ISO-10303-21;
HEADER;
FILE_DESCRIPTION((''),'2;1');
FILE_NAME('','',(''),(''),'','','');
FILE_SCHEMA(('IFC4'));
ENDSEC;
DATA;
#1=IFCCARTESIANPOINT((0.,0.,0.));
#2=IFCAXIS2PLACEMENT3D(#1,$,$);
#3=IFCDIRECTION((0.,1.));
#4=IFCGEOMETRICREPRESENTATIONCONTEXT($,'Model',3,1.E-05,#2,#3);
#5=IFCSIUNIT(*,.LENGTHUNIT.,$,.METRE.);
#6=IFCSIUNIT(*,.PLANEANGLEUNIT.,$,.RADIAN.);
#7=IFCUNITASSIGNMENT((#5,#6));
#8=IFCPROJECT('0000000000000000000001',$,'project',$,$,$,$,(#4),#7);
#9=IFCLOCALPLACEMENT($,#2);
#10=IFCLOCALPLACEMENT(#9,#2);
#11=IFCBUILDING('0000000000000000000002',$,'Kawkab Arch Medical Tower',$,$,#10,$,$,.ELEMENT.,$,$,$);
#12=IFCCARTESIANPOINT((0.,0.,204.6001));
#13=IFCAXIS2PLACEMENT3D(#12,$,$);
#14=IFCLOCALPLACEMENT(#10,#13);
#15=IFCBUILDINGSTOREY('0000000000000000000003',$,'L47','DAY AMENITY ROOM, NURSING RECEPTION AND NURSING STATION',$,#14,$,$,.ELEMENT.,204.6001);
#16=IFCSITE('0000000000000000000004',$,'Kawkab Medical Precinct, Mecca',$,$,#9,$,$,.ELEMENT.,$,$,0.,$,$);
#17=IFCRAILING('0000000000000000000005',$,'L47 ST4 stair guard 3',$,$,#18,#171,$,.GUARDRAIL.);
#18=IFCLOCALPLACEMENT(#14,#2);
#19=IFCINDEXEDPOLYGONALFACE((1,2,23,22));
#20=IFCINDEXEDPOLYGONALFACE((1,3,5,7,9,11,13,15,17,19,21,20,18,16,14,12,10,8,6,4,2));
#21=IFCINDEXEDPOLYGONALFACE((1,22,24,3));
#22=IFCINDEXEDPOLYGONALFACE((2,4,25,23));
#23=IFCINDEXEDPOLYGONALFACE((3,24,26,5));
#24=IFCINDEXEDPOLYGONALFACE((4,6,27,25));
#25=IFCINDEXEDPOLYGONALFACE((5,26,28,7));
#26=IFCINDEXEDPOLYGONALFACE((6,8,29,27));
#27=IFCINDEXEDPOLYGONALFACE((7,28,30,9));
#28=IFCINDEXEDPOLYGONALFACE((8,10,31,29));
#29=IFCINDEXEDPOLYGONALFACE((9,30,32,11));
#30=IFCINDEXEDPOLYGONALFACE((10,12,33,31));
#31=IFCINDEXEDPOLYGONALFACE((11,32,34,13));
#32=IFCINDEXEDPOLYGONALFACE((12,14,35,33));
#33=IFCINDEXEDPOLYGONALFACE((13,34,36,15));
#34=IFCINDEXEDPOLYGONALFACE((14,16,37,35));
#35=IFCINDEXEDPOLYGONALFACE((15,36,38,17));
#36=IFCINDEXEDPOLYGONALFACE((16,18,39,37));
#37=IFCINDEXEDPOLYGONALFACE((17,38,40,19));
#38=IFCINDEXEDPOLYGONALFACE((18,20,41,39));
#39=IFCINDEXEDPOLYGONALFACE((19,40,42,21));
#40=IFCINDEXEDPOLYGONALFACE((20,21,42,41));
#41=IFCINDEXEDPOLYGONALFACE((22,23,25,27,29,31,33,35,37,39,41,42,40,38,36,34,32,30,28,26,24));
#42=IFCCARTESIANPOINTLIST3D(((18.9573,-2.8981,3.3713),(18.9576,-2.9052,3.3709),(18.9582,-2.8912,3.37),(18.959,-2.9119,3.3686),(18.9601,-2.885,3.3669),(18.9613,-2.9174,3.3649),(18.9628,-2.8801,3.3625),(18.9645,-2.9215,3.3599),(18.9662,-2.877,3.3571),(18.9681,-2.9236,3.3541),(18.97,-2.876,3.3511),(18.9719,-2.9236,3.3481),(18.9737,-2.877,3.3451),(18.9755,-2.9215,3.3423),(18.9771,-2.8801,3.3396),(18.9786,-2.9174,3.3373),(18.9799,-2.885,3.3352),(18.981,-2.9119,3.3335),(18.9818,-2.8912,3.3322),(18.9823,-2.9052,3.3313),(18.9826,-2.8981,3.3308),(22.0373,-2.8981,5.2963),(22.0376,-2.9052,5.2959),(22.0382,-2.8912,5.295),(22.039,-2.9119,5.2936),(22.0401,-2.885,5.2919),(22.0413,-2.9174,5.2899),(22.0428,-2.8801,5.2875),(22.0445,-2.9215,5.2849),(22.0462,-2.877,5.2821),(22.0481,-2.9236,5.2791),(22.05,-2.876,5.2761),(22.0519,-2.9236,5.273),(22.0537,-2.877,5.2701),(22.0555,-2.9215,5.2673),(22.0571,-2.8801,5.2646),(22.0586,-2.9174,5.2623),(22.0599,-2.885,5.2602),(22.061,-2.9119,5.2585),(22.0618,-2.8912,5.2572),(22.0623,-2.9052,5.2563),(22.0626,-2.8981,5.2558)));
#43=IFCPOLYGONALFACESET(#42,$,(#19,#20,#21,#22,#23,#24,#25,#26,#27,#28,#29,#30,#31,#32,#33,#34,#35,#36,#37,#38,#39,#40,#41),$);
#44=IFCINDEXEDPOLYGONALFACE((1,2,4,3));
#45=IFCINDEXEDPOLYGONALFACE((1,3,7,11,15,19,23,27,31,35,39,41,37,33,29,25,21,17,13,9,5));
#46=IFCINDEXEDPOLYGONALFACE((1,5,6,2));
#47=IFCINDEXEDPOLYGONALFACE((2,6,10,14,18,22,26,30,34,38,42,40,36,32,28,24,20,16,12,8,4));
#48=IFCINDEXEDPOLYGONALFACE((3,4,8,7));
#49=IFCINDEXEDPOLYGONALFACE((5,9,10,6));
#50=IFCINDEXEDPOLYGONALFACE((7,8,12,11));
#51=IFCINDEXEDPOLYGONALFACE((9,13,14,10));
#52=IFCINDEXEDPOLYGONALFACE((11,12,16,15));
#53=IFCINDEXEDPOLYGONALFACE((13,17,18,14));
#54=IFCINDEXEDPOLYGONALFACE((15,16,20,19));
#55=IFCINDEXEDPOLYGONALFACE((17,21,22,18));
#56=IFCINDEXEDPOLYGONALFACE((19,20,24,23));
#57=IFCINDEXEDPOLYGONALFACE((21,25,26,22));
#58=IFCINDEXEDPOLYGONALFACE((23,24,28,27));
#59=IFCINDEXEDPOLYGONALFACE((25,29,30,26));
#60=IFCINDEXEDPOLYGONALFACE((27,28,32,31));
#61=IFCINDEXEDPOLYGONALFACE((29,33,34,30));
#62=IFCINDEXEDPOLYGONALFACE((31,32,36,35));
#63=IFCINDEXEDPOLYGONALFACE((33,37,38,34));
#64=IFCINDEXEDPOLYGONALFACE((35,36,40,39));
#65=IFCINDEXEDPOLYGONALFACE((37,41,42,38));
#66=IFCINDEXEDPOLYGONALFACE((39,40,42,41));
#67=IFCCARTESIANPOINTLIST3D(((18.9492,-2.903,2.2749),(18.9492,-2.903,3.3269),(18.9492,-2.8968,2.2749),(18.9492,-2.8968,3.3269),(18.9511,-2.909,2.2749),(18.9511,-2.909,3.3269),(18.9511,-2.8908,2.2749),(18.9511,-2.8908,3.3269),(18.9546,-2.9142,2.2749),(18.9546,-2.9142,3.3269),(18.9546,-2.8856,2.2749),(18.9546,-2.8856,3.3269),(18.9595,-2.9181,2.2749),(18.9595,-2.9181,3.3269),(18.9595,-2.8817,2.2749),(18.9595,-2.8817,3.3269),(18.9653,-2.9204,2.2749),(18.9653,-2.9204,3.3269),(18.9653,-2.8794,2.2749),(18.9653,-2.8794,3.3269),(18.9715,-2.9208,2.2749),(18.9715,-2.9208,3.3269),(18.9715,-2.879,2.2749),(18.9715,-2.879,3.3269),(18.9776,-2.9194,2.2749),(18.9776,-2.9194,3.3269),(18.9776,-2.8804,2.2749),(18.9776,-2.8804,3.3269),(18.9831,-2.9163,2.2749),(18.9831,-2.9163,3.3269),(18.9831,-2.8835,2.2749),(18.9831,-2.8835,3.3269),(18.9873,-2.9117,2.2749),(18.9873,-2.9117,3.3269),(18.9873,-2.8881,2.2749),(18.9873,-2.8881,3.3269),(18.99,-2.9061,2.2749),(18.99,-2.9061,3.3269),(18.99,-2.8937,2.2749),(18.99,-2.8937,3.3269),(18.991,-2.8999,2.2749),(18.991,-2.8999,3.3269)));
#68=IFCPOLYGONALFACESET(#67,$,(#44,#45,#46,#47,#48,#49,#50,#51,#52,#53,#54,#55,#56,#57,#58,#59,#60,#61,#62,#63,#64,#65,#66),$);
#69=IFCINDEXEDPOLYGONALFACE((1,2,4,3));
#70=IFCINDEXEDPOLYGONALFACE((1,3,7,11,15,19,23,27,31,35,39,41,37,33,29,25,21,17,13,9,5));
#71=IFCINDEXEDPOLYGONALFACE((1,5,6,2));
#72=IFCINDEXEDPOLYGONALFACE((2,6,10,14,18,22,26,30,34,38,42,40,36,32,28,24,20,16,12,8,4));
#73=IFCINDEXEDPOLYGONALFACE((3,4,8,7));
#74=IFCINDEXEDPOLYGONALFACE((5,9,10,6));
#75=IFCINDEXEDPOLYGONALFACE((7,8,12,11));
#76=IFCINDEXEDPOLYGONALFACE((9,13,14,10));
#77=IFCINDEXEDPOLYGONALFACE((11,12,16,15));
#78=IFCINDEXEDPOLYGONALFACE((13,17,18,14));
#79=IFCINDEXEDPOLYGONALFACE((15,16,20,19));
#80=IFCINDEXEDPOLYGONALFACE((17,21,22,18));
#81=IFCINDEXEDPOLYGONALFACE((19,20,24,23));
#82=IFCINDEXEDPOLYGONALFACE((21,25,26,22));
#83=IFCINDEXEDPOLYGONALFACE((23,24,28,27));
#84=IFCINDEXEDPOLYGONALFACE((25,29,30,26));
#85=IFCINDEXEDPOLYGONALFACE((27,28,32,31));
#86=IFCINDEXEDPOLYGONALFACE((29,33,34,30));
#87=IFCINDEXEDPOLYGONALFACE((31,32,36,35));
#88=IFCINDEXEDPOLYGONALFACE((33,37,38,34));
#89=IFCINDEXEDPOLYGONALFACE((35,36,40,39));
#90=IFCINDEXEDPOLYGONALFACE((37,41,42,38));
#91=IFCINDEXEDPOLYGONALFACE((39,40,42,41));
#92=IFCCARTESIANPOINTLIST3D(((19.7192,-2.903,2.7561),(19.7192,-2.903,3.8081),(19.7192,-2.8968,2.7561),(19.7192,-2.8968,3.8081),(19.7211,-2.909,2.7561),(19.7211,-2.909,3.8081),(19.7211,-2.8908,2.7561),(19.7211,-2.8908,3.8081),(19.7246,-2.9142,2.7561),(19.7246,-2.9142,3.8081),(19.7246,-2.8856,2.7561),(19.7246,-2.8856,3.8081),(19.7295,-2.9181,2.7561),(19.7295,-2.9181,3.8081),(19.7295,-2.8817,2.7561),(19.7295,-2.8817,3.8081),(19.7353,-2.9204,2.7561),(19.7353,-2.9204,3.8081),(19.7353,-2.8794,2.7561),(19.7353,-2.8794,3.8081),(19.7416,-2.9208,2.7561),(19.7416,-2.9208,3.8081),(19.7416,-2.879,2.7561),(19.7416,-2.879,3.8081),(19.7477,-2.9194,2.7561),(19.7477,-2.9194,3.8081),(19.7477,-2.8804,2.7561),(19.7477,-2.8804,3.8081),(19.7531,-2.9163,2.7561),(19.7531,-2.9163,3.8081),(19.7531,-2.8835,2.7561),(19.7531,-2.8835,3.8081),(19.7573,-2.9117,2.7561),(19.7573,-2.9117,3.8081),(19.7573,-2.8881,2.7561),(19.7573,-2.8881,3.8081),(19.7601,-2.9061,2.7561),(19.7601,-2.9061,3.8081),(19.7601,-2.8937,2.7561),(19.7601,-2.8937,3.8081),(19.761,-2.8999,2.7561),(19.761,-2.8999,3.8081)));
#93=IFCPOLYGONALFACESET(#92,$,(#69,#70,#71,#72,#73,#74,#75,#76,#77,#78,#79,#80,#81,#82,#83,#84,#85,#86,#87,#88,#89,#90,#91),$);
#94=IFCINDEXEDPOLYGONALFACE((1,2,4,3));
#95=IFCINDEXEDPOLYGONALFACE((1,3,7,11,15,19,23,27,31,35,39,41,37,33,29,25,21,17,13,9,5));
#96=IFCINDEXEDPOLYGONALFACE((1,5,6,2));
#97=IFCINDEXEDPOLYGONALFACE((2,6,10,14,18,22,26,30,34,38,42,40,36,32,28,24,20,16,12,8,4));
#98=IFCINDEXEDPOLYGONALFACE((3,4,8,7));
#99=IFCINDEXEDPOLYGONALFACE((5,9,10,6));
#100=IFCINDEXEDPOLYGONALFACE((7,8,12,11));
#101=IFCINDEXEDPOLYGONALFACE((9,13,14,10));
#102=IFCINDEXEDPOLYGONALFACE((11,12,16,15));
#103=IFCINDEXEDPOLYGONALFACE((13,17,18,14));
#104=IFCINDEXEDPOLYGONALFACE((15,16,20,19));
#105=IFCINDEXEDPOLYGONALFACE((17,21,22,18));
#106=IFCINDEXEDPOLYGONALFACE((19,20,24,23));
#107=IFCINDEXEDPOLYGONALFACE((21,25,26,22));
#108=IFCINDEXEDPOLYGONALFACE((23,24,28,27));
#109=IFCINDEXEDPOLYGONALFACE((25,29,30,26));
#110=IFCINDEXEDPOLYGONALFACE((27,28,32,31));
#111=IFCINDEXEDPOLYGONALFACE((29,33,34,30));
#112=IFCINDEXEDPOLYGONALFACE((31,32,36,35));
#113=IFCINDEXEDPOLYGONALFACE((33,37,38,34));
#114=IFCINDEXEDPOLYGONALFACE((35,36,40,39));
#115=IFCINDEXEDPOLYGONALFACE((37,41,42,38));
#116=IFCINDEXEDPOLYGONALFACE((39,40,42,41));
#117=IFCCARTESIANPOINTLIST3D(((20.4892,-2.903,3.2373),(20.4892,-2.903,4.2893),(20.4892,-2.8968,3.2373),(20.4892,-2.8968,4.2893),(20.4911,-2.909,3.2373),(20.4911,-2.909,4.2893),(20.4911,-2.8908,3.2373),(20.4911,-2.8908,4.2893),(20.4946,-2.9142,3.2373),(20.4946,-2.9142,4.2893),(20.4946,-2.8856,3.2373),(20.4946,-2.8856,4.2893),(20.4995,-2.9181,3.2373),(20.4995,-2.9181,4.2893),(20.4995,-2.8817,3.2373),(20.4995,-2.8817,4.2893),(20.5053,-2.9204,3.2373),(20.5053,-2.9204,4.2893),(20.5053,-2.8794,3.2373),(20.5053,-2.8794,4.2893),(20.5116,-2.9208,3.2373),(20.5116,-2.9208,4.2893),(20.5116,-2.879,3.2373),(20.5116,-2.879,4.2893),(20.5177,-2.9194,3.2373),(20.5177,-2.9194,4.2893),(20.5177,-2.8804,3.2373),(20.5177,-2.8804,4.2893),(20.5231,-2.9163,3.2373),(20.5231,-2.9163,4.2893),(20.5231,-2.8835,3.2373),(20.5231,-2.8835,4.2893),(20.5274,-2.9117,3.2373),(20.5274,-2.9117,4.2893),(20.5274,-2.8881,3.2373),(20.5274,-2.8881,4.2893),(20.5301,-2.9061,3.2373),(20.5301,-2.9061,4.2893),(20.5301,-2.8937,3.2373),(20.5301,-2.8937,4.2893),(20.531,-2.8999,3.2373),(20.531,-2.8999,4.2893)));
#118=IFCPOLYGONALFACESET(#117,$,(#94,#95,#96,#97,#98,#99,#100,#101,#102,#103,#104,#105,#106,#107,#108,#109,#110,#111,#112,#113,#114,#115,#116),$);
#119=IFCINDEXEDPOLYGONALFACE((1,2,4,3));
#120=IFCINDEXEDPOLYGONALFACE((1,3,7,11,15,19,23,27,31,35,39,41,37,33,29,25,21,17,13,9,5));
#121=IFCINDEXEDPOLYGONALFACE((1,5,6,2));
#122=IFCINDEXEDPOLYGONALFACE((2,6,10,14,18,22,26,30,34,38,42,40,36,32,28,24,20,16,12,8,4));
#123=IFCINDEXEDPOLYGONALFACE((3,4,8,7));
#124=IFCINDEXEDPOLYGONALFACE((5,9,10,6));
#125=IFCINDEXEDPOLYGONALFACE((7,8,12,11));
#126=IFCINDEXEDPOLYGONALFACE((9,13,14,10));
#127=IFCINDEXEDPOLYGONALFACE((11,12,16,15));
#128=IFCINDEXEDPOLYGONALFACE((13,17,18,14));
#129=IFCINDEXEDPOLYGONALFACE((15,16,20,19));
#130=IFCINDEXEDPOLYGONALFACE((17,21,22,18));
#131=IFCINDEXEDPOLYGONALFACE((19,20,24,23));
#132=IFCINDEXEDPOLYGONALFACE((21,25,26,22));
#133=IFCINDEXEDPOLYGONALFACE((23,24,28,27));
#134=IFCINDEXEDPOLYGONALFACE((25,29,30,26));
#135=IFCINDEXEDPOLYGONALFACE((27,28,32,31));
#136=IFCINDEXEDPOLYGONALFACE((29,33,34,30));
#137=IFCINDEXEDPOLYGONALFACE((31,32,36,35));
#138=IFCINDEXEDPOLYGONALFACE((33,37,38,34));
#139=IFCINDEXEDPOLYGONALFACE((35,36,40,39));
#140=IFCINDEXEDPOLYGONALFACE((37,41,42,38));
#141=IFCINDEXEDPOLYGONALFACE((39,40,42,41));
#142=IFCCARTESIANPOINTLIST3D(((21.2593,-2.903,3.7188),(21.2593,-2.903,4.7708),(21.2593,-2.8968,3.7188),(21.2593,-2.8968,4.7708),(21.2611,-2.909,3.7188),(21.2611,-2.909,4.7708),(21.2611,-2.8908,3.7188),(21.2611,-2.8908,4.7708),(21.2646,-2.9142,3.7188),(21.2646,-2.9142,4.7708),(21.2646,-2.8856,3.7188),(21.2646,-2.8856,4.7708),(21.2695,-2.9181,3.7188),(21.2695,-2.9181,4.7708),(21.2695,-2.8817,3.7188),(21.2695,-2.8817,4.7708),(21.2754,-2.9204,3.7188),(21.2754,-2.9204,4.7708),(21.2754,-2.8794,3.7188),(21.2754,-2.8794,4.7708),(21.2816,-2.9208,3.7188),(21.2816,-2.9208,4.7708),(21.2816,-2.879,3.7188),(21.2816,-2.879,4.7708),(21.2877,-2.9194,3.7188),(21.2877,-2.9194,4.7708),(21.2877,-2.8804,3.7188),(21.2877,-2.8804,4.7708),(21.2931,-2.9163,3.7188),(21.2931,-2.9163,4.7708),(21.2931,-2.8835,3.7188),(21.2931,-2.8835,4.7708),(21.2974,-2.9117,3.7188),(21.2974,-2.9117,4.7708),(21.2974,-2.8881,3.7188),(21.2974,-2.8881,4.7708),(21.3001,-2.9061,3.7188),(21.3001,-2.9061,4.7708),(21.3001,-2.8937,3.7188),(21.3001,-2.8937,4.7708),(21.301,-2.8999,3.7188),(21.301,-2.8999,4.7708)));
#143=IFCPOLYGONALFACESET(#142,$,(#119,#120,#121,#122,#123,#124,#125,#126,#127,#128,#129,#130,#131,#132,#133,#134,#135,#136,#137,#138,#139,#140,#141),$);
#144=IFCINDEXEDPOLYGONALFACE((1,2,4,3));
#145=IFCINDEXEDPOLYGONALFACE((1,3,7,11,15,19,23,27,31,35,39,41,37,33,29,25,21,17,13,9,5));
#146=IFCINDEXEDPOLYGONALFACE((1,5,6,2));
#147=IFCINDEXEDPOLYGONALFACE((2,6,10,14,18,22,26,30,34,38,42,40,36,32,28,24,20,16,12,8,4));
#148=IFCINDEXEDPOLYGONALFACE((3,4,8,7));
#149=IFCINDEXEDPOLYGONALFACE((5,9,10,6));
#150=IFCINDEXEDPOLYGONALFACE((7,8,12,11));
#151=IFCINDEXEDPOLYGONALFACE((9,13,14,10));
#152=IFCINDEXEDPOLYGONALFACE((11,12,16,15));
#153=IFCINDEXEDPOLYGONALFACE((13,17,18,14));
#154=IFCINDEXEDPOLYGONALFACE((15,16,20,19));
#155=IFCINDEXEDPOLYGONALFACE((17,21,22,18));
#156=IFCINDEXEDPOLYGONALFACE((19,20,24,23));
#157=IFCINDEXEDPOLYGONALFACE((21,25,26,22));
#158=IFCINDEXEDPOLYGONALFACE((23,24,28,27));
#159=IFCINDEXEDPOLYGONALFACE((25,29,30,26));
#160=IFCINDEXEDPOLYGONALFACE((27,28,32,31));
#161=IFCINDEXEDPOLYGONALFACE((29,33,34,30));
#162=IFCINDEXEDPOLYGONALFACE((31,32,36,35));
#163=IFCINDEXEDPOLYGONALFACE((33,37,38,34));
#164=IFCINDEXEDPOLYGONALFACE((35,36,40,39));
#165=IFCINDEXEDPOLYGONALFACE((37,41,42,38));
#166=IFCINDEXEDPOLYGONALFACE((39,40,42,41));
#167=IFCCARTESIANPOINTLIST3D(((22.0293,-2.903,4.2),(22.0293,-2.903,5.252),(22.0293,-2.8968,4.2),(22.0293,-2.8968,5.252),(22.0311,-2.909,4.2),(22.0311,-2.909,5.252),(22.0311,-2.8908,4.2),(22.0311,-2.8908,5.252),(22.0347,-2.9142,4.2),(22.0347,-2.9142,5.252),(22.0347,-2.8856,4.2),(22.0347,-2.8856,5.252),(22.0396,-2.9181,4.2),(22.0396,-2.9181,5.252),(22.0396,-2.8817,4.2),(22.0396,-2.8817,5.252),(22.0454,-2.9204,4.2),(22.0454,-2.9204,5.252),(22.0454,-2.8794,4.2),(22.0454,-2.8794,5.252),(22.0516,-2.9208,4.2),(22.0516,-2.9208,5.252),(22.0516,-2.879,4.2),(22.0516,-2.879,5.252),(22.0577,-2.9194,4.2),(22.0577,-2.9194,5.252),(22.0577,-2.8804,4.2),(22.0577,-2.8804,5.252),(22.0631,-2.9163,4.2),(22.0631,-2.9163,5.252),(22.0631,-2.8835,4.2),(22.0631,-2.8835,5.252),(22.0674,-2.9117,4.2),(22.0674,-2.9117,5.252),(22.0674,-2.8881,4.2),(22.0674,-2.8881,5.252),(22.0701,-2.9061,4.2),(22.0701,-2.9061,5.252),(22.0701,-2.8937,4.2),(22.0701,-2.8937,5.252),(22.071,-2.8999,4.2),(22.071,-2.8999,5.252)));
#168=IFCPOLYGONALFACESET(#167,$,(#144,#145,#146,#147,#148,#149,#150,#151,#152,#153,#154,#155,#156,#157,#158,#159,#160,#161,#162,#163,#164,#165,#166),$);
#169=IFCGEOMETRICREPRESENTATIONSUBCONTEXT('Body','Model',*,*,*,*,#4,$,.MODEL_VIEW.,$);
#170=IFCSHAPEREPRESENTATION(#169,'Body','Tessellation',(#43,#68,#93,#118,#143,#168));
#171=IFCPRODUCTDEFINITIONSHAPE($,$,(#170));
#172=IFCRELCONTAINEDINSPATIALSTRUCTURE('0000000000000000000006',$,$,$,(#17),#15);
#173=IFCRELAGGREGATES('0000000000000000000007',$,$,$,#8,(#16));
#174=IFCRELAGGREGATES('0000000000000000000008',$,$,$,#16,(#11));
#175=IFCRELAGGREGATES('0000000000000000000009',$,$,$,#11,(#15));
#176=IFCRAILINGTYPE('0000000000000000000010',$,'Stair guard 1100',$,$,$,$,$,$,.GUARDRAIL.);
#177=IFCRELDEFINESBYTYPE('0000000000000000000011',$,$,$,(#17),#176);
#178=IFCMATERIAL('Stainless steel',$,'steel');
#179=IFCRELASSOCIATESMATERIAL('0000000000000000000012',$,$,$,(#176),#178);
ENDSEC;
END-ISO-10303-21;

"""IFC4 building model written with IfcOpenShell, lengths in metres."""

from ifc_helpers import new_model, si_unit, direction, frame, origin, origin_2d, place, context, subcontext, project, spatial, circle, extrude, material, type_object, element, save


model = new_model("IFC4")

# Units and contexts
model_context = context("Model", 3, precision=1e-05, world=origin(), true_north=direction((0.0, 1.0)))
body_context = subcontext(model_context, "Body", "Model", "MODEL_VIEW")
ifc_project = project(units=[si_unit("LENGTHUNIT", "METRE"), si_unit("PLANEANGLEUNIT", "RADIAN")], contexts=[model_context])

# Site, building, storey
site_placement = place(None, origin())
site = spatial("IfcSite", under=ifc_project, at=site_placement, Name="Kawkab Medical Precinct, Mecca", CompositionType="ELEMENT", RefElevation=0.0)
building_placement = place(site_placement, origin())
building = spatial("IfcBuilding", under=site, at=building_placement, Name="Kawkab Arch Medical Tower", CompositionType="ELEMENT")
storey_placement = place(building_placement, frame((0.0, 0.0, 204.6001)))
storey = spatial("IfcBuildingStorey", under=building, at=storey_placement, Name="L47", Description="DAY AMENITY ROOM, NURSING RECEPTION AND NURSING STATION", CompositionType="ELEMENT", Elevation=204.6001)

# Railing
ifc_material_1 = material(Name="Stainless steel", Category="steel")
railing_type_1 = type_object("IfcRailingType", Name="Stair guard 1100", PredefinedType="GUARDRAIL", material=ifc_material_1)
railing_1_placement = place(storey_placement, frame((18.97, -2.8999, 2.2749)))
element("IfcRailing", 1, at=railing_1_placement, inside=storey, type_object=railing_type_1, Name="L47 ST4 stair guard 3", PredefinedType="GUARDRAIL", context=body_context, shape_type="SweptSolid", body=[
    extrude(circle(Radius=0.0239, at=origin_2d()), frame((0.0, 0.0, 1.0762), z_axis=(0.847998, 0.0, 0.529999), x_axis=(0.0, 1.0, 0.0)), (0.0, 0.0, 1.0), 3.6321),
    extrude(circle(Radius=0.021, at=origin_2d()), origin(), (0.0, 0.0, 1.0), 1.052),
    extrude(circle(Radius=0.021, at=origin_2d()), frame((0.77, 0.0, 0.4812)), (0.0, 0.0, 1.0), 1.052),
    extrude(circle(Radius=0.021, at=origin_2d()), frame((1.54, 0.0, 0.9624)), (0.0, 0.0, 1.0), 1.052),
    extrude(circle(Radius=0.021, at=origin_2d()), frame((2.3101, 0.0, 1.4438)), (0.0, 0.0, 1.0), 1.052),
    extrude(circle(Radius=0.021, at=origin_2d()), frame((3.0801, 0.0, 1.925)), (0.0, 0.0, 1.0), 1.052),
])

save(model, "model.ifc")
